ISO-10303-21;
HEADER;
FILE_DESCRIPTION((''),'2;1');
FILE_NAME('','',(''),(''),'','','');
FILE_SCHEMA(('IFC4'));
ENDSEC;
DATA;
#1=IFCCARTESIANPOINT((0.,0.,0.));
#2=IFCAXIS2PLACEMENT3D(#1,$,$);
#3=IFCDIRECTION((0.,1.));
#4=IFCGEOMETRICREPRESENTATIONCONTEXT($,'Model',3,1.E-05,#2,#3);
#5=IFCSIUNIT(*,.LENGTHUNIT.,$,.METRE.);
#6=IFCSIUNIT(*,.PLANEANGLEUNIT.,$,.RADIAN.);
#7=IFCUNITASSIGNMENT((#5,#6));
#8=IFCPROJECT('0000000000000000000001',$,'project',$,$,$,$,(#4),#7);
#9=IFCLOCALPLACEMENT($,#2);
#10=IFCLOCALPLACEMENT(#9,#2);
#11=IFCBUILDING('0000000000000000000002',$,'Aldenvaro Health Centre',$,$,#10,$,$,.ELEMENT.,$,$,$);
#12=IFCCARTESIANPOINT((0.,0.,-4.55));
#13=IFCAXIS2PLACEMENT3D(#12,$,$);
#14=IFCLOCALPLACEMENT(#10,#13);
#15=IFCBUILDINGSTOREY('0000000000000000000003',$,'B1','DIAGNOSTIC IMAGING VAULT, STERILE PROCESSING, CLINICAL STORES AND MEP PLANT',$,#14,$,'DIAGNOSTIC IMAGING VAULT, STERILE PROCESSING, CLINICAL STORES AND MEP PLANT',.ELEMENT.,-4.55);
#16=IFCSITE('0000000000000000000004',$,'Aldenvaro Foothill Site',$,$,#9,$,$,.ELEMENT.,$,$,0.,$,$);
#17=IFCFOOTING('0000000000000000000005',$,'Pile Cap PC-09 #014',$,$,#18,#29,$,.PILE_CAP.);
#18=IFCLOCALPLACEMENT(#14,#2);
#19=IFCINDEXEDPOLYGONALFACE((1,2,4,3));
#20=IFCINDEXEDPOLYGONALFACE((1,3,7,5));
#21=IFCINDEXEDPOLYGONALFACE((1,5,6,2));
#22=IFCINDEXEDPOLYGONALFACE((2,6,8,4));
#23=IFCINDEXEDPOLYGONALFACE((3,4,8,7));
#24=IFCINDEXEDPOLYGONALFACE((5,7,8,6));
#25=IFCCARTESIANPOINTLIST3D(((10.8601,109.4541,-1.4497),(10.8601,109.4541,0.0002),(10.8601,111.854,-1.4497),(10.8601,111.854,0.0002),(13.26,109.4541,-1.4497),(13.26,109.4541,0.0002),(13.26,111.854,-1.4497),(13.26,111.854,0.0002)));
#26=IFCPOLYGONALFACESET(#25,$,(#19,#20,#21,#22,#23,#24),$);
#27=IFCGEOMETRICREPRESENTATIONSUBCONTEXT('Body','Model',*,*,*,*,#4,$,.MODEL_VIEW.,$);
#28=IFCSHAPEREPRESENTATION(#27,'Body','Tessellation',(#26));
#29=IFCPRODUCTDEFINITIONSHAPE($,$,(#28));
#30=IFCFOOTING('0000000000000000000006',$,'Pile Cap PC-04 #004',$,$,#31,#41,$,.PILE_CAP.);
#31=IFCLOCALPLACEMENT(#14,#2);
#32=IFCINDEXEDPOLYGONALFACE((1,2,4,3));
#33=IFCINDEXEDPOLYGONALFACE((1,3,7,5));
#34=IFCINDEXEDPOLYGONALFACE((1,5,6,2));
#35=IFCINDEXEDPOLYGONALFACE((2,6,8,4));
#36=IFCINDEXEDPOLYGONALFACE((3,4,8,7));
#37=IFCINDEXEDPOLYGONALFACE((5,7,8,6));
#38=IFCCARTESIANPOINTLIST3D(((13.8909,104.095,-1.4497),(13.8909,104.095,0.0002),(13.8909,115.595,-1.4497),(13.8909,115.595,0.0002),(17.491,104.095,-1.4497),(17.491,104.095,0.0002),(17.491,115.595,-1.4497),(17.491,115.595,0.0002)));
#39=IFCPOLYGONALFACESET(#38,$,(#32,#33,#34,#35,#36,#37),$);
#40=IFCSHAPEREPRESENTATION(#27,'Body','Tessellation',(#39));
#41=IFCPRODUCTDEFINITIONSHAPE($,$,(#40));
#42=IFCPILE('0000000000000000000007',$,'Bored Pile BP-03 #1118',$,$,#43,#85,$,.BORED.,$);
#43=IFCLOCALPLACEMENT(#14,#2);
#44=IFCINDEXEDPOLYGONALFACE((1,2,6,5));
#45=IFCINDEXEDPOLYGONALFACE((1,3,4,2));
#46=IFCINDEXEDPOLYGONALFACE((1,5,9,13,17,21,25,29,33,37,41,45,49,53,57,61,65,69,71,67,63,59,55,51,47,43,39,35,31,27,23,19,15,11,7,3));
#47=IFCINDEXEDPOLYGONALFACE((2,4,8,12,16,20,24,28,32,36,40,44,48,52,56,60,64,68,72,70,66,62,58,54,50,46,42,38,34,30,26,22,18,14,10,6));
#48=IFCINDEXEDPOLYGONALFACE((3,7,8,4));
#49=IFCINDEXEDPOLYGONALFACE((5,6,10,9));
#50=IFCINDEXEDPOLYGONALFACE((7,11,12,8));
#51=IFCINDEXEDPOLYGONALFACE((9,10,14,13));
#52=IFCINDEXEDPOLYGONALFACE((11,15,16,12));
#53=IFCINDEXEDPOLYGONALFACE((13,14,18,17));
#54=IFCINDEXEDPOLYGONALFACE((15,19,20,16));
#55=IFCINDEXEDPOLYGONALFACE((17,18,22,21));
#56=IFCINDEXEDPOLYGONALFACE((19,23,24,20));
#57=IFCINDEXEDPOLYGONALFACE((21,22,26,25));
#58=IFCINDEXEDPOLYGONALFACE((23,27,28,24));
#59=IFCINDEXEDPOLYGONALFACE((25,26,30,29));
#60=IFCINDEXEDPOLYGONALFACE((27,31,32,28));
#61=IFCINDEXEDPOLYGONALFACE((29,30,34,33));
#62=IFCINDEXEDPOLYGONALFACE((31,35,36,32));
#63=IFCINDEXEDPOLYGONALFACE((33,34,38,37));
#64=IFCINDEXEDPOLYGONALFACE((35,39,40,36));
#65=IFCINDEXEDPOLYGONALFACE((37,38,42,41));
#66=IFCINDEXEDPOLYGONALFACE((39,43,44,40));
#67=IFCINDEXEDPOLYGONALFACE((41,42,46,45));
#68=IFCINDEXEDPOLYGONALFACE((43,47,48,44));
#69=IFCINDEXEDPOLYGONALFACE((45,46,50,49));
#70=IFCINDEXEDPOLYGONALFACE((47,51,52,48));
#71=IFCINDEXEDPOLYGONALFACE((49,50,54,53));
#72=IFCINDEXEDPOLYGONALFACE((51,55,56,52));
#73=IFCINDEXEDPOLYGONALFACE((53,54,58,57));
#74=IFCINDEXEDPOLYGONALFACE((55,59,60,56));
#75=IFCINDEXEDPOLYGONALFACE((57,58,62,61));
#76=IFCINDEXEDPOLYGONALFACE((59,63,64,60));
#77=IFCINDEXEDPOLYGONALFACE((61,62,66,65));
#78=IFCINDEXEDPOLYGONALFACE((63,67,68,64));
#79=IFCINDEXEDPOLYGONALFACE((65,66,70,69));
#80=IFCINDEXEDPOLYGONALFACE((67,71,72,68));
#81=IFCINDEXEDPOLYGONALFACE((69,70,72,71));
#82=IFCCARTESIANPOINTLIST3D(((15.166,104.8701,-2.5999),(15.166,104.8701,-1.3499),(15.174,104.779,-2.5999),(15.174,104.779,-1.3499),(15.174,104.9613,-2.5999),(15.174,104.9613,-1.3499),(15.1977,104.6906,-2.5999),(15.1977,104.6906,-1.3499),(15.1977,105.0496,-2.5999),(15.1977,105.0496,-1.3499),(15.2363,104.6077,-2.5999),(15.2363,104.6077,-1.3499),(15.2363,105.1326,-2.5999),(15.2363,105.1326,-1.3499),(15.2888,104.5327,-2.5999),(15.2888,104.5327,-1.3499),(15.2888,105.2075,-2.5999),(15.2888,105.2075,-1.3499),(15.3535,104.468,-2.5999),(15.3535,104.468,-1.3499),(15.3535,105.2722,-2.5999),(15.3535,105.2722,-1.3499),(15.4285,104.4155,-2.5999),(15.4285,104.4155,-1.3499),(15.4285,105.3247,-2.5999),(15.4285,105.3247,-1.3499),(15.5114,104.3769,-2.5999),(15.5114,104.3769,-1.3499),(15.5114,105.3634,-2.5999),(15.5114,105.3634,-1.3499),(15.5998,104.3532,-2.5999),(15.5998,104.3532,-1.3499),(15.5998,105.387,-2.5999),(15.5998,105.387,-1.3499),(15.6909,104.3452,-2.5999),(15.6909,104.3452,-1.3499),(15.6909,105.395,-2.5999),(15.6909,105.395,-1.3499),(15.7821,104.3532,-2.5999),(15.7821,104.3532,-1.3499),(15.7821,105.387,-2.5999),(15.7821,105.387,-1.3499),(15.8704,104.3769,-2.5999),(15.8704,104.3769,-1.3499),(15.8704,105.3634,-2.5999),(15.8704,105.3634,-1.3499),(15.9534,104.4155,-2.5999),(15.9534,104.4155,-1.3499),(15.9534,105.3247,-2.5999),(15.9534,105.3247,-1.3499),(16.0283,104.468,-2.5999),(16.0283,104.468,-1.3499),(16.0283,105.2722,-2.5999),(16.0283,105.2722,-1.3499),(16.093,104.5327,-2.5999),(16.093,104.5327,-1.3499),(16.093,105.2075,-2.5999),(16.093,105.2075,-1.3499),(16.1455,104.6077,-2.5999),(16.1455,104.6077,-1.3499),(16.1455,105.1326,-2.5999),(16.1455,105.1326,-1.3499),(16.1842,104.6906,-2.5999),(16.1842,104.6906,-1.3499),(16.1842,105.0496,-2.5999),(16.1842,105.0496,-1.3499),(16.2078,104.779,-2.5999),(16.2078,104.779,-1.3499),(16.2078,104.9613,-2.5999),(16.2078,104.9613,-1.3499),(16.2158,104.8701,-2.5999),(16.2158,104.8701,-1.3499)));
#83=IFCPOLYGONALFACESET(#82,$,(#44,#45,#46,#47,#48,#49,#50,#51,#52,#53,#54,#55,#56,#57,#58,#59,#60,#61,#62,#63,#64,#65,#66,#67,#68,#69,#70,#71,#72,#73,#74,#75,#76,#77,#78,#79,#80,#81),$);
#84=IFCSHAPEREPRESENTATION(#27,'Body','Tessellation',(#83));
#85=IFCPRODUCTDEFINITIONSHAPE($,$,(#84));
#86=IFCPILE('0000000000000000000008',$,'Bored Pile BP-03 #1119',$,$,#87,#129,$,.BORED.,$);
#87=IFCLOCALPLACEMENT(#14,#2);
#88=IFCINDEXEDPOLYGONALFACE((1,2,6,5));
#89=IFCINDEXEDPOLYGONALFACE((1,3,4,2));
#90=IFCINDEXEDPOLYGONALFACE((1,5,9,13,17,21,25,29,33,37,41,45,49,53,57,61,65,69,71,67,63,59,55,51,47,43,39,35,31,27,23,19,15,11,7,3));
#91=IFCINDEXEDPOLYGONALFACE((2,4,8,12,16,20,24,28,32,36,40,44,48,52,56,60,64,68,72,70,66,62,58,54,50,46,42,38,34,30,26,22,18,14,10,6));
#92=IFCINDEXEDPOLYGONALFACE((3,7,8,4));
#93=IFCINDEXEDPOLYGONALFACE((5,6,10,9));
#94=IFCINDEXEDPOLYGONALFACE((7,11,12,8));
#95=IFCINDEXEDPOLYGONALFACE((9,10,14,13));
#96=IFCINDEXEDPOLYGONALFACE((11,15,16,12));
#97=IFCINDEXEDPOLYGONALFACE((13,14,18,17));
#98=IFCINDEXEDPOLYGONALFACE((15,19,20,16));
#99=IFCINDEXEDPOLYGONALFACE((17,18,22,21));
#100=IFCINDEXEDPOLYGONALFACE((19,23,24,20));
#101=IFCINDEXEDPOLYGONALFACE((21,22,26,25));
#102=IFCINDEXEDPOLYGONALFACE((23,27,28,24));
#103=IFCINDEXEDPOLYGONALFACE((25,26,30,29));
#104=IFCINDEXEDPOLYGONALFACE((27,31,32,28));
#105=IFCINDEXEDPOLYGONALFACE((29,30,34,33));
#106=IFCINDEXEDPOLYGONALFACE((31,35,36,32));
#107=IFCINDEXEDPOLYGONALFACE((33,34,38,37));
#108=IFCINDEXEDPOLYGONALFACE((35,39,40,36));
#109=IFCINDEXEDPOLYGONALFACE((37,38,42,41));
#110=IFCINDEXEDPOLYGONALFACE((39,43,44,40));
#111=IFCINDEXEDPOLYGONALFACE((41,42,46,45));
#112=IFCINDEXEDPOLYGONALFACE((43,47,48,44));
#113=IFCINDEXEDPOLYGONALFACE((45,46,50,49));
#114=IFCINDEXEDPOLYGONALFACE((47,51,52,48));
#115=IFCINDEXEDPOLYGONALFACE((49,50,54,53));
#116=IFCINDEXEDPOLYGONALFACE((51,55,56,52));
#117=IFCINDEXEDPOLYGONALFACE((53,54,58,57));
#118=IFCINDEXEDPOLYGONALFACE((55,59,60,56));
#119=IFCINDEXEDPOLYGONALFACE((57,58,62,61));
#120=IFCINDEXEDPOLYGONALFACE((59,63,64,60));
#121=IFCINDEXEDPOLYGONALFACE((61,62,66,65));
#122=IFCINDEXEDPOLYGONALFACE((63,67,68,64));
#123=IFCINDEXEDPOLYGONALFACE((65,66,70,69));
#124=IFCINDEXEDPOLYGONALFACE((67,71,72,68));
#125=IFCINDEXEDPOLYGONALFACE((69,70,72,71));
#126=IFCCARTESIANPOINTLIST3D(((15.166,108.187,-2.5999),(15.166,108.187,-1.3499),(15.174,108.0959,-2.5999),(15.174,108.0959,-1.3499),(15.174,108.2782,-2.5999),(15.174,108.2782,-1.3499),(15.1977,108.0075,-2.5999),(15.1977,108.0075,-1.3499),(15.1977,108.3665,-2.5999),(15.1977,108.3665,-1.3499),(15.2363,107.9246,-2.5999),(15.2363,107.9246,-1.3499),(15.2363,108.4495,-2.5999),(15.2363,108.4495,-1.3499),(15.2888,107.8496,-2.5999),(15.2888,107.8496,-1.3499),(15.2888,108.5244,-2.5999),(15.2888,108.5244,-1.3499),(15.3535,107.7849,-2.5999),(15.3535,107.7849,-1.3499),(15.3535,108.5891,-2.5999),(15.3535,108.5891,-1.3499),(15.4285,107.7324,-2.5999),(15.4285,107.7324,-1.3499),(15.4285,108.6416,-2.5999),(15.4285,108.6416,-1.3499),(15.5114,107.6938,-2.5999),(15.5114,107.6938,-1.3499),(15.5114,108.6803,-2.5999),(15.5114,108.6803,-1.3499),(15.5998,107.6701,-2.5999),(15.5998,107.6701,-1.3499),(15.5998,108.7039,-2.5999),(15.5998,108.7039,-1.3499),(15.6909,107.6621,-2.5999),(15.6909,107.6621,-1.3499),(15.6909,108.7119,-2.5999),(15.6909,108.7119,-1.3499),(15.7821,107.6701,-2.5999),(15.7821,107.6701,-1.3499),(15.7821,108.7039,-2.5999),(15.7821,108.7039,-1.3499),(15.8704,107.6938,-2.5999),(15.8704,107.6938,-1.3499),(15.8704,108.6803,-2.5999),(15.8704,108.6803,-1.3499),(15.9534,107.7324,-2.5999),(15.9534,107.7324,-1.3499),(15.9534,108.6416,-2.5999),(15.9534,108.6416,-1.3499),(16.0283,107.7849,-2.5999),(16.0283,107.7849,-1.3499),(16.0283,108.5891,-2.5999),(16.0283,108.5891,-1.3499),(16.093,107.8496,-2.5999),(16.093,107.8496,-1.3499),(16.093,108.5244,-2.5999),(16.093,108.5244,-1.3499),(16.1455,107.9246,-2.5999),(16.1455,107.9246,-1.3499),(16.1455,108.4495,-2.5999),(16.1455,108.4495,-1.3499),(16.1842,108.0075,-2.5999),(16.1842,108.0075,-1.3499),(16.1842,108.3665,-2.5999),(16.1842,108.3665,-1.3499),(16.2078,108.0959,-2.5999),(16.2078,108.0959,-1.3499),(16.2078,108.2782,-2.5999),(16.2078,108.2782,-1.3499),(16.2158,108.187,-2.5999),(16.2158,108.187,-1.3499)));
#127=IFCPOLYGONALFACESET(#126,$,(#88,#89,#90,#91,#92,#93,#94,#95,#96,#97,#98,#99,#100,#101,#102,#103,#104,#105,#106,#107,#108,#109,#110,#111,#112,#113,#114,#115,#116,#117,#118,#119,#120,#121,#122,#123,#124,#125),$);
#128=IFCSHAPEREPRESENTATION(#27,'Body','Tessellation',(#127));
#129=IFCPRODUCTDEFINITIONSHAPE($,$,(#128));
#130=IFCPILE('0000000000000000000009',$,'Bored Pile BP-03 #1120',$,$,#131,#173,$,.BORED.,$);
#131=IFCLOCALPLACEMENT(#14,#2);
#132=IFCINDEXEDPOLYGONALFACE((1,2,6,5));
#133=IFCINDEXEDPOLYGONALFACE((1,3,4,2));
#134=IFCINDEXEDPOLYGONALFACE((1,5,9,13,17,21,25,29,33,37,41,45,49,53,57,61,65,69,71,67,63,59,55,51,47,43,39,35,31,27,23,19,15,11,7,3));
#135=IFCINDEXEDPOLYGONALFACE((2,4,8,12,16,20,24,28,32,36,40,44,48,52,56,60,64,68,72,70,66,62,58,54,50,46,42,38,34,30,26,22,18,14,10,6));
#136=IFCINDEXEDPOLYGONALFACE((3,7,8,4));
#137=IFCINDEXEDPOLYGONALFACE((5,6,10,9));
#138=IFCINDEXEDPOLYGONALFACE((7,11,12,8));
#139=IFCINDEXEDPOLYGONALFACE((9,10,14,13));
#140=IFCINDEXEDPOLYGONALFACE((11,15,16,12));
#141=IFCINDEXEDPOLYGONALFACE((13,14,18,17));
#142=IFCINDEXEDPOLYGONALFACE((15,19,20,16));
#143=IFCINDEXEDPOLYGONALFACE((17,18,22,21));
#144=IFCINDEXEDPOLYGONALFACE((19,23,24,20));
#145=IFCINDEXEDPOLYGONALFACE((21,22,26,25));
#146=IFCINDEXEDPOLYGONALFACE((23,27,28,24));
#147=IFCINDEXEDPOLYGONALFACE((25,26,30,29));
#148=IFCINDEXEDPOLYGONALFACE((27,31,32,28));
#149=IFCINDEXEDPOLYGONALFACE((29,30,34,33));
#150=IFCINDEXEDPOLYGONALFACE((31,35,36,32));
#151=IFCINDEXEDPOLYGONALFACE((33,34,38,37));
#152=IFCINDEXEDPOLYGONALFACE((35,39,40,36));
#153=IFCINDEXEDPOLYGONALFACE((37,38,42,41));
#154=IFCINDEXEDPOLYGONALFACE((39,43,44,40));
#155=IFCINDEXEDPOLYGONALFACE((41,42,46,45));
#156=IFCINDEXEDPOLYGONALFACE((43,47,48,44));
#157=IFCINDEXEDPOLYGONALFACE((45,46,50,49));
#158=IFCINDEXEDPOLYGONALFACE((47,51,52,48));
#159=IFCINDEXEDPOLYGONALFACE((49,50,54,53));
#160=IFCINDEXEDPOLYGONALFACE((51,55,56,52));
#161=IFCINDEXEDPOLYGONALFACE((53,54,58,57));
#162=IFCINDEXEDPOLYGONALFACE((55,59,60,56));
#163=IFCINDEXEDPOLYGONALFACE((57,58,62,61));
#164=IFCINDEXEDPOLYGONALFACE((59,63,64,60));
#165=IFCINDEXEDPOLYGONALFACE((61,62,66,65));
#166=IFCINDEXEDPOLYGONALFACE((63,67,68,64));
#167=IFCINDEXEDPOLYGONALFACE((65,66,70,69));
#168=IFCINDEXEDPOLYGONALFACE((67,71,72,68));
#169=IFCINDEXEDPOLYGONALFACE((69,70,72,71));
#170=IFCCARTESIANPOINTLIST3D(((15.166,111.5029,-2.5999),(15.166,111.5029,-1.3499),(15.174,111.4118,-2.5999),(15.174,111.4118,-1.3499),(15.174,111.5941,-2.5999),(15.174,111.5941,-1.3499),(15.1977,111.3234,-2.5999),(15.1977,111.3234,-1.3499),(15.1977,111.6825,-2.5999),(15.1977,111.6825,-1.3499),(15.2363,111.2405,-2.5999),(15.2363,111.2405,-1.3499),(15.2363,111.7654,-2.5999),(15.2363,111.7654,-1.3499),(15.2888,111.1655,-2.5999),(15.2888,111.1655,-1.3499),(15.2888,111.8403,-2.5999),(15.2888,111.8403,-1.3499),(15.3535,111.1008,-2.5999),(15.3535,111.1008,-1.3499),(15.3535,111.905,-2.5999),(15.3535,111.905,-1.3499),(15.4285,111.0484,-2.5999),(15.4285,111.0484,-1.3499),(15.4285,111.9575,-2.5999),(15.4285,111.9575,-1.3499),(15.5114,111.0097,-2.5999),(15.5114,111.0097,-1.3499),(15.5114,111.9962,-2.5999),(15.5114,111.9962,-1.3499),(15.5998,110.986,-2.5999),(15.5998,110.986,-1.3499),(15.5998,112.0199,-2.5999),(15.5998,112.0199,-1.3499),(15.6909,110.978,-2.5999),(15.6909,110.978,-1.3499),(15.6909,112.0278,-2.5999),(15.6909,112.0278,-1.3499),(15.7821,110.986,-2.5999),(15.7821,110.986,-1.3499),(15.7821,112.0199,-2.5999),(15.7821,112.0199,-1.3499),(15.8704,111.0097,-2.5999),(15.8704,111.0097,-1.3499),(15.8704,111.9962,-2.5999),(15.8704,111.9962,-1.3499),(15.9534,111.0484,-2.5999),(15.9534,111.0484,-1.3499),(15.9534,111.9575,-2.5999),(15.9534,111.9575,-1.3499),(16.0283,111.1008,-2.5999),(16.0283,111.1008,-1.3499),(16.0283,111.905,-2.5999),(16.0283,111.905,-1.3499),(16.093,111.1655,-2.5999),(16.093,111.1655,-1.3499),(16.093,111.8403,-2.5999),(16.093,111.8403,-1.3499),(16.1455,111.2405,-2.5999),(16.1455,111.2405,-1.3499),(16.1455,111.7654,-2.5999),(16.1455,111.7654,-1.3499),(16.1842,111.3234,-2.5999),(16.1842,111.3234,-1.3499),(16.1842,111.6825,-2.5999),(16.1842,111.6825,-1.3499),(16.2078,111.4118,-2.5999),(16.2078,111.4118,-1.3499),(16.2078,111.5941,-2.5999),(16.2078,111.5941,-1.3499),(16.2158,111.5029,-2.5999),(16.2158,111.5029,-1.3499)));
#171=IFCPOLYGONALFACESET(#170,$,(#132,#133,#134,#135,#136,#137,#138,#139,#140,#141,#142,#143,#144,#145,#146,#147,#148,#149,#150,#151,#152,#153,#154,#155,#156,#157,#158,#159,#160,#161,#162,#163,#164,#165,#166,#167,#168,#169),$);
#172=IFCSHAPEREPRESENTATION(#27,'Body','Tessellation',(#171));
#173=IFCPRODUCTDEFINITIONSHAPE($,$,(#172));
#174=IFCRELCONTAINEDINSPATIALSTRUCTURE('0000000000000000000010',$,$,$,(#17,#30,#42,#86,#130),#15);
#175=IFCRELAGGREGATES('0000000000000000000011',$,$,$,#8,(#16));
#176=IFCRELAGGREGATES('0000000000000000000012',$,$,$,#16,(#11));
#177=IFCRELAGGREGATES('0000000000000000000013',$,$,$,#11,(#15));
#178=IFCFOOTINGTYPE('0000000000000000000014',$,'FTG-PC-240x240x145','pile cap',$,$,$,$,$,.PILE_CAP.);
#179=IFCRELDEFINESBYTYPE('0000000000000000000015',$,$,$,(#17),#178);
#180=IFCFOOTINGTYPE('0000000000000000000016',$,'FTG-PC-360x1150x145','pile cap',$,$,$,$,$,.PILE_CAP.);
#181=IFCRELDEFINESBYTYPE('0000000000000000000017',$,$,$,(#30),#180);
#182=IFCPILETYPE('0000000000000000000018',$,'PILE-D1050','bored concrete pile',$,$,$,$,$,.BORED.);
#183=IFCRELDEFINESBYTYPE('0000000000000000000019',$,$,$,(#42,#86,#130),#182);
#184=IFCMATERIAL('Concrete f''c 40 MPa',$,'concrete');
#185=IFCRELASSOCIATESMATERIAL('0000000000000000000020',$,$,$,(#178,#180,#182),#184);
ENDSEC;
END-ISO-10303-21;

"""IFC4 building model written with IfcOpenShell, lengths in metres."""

from ifc_helpers import new_model, si_unit, direction, frame, origin, origin_2d, place, context, subcontext, project, spatial, rectangle, circle, extrude, material, material_profile, profile_set, type_object, element, save


model = new_model("IFC4")

# Units and contexts
model_context = context("Model", 3, precision=1e-05, world=origin(), true_north=direction((0.0, 1.0)))
body_context = subcontext(model_context, "Body", "Model", "MODEL_VIEW")
ifc_project = project(units=[si_unit("LENGTHUNIT", "METRE"), si_unit("PLANEANGLEUNIT", "RADIAN")], contexts=[model_context])

# Site, building, storey
site_placement = place(None, origin())
site = spatial("IfcSite", under=ifc_project, at=site_placement, Name="Aldenvaro Foothill Site", CompositionType="ELEMENT", RefElevation=0.0)
building_placement = place(site_placement, origin())
building = spatial("IfcBuilding", under=site, at=building_placement, Name="Aldenvaro Health Centre", CompositionType="ELEMENT")
storey_placement = place(building_placement, frame((0.0, 0.0, -4.55)))
storey = spatial("IfcBuildingStorey", under=building, at=storey_placement, Name="B1", Description="DIAGNOSTIC IMAGING VAULT, STERILE PROCESSING, CLINICAL STORES AND MEP PLANT", LongName="DIAGNOSTIC IMAGING VAULT, STERILE PROCESSING, CLINICAL STORES AND MEP PLANT", CompositionType="ELEMENT", Elevation=-4.55)

# Footings
ifc_material_1 = material(Name="Concrete f'c 40 MPa", Category="concrete")
footing_type_1 = type_object("IfcFootingType", Name="FTG-PC-240x240x145", Description="pile cap", PredefinedType="PILE_CAP", material=ifc_material_1)
footing_1_placement = place(storey_placement, frame((12.0601, 110.6541, -1.4497), z_axis=(0.0, 0.0, 1.0), x_axis=(1.0, 0.0, 0.0)))
element("IfcFooting", 1, at=footing_1_placement, inside=storey, type_object=footing_type_1, Name="Pile Cap PC-09 #014", PredefinedType="PILE_CAP", context=body_context, shape_type="SweptSolid", body=[
    extrude(rectangle(XDim=2.3999, YDim=2.3999, at=origin_2d()), origin(), (0.0, 0.0, 1.0), 1.45),
])
footing_type_2 = type_object("IfcFootingType", Name="FTG-PC-360x1150x145", Description="pile cap", PredefinedType="PILE_CAP", material=ifc_material_1)
footing_2_placement = place(storey_placement, frame((15.6909, 109.845, -1.4497), z_axis=(0.0, 0.0, 1.0), x_axis=(1.0, 0.0, 0.0)))
element("IfcFooting", 2, at=footing_2_placement, inside=storey, type_object=footing_type_2, Name="Pile Cap PC-04 #004", PredefinedType="PILE_CAP", context=body_context, shape_type="SweptSolid", body=[
    extrude(rectangle(XDim=3.6001, YDim=11.5, at=origin_2d()), origin(), (0.0, 0.0, 1.0), 1.45),
])

# Piles
ifc_material_profile_1 = material_profile(ifc_material_1, circle(Radius=0.5249, at=origin_2d()), Name="PILE D1050", Category="concrete")
ifc_profile_set_1 = profile_set([ifc_material_profile_1], Name="Concrete f'c 40 MPa")
pile_type = type_object("IfcPileType", Name="PILE-D1050", Description="bored concrete pile", PredefinedType="BORED", material=ifc_profile_set_1)
for number, where, z_axis, x_axis, name in (
    (3, (15.6909, 104.8701, -1.3499), (0.0, 0.0, -1.0), (1.0, 0.0, 0.0), "Bored Pile BP-03 #1118"),
    (4, (15.6909, 108.187, -1.3499), (0.0, 0.0, -1.0), (1.0, 0.0, 0.0), "Bored Pile BP-03 #1119"),
    (5, (15.6909, 111.5029, -1.3499), (0.0, 0.0, -1.0), (1.0, 0.0, 0.0), "Bored Pile BP-03 #1120"),
):
    element("IfcPile", number, at=place(storey_placement, frame(where, z_axis=z_axis, x_axis=x_axis)), inside=storey, type_object=pile_type, Name=name, PredefinedType="BORED", context=body_context, shape_type="SweptSolid", body=[
        extrude(circle(Radius=0.5249, at=origin_2d()), origin(), (0.0, 0.0, 1.0), 1.25),
    ])

save(model, "model.ifc")
